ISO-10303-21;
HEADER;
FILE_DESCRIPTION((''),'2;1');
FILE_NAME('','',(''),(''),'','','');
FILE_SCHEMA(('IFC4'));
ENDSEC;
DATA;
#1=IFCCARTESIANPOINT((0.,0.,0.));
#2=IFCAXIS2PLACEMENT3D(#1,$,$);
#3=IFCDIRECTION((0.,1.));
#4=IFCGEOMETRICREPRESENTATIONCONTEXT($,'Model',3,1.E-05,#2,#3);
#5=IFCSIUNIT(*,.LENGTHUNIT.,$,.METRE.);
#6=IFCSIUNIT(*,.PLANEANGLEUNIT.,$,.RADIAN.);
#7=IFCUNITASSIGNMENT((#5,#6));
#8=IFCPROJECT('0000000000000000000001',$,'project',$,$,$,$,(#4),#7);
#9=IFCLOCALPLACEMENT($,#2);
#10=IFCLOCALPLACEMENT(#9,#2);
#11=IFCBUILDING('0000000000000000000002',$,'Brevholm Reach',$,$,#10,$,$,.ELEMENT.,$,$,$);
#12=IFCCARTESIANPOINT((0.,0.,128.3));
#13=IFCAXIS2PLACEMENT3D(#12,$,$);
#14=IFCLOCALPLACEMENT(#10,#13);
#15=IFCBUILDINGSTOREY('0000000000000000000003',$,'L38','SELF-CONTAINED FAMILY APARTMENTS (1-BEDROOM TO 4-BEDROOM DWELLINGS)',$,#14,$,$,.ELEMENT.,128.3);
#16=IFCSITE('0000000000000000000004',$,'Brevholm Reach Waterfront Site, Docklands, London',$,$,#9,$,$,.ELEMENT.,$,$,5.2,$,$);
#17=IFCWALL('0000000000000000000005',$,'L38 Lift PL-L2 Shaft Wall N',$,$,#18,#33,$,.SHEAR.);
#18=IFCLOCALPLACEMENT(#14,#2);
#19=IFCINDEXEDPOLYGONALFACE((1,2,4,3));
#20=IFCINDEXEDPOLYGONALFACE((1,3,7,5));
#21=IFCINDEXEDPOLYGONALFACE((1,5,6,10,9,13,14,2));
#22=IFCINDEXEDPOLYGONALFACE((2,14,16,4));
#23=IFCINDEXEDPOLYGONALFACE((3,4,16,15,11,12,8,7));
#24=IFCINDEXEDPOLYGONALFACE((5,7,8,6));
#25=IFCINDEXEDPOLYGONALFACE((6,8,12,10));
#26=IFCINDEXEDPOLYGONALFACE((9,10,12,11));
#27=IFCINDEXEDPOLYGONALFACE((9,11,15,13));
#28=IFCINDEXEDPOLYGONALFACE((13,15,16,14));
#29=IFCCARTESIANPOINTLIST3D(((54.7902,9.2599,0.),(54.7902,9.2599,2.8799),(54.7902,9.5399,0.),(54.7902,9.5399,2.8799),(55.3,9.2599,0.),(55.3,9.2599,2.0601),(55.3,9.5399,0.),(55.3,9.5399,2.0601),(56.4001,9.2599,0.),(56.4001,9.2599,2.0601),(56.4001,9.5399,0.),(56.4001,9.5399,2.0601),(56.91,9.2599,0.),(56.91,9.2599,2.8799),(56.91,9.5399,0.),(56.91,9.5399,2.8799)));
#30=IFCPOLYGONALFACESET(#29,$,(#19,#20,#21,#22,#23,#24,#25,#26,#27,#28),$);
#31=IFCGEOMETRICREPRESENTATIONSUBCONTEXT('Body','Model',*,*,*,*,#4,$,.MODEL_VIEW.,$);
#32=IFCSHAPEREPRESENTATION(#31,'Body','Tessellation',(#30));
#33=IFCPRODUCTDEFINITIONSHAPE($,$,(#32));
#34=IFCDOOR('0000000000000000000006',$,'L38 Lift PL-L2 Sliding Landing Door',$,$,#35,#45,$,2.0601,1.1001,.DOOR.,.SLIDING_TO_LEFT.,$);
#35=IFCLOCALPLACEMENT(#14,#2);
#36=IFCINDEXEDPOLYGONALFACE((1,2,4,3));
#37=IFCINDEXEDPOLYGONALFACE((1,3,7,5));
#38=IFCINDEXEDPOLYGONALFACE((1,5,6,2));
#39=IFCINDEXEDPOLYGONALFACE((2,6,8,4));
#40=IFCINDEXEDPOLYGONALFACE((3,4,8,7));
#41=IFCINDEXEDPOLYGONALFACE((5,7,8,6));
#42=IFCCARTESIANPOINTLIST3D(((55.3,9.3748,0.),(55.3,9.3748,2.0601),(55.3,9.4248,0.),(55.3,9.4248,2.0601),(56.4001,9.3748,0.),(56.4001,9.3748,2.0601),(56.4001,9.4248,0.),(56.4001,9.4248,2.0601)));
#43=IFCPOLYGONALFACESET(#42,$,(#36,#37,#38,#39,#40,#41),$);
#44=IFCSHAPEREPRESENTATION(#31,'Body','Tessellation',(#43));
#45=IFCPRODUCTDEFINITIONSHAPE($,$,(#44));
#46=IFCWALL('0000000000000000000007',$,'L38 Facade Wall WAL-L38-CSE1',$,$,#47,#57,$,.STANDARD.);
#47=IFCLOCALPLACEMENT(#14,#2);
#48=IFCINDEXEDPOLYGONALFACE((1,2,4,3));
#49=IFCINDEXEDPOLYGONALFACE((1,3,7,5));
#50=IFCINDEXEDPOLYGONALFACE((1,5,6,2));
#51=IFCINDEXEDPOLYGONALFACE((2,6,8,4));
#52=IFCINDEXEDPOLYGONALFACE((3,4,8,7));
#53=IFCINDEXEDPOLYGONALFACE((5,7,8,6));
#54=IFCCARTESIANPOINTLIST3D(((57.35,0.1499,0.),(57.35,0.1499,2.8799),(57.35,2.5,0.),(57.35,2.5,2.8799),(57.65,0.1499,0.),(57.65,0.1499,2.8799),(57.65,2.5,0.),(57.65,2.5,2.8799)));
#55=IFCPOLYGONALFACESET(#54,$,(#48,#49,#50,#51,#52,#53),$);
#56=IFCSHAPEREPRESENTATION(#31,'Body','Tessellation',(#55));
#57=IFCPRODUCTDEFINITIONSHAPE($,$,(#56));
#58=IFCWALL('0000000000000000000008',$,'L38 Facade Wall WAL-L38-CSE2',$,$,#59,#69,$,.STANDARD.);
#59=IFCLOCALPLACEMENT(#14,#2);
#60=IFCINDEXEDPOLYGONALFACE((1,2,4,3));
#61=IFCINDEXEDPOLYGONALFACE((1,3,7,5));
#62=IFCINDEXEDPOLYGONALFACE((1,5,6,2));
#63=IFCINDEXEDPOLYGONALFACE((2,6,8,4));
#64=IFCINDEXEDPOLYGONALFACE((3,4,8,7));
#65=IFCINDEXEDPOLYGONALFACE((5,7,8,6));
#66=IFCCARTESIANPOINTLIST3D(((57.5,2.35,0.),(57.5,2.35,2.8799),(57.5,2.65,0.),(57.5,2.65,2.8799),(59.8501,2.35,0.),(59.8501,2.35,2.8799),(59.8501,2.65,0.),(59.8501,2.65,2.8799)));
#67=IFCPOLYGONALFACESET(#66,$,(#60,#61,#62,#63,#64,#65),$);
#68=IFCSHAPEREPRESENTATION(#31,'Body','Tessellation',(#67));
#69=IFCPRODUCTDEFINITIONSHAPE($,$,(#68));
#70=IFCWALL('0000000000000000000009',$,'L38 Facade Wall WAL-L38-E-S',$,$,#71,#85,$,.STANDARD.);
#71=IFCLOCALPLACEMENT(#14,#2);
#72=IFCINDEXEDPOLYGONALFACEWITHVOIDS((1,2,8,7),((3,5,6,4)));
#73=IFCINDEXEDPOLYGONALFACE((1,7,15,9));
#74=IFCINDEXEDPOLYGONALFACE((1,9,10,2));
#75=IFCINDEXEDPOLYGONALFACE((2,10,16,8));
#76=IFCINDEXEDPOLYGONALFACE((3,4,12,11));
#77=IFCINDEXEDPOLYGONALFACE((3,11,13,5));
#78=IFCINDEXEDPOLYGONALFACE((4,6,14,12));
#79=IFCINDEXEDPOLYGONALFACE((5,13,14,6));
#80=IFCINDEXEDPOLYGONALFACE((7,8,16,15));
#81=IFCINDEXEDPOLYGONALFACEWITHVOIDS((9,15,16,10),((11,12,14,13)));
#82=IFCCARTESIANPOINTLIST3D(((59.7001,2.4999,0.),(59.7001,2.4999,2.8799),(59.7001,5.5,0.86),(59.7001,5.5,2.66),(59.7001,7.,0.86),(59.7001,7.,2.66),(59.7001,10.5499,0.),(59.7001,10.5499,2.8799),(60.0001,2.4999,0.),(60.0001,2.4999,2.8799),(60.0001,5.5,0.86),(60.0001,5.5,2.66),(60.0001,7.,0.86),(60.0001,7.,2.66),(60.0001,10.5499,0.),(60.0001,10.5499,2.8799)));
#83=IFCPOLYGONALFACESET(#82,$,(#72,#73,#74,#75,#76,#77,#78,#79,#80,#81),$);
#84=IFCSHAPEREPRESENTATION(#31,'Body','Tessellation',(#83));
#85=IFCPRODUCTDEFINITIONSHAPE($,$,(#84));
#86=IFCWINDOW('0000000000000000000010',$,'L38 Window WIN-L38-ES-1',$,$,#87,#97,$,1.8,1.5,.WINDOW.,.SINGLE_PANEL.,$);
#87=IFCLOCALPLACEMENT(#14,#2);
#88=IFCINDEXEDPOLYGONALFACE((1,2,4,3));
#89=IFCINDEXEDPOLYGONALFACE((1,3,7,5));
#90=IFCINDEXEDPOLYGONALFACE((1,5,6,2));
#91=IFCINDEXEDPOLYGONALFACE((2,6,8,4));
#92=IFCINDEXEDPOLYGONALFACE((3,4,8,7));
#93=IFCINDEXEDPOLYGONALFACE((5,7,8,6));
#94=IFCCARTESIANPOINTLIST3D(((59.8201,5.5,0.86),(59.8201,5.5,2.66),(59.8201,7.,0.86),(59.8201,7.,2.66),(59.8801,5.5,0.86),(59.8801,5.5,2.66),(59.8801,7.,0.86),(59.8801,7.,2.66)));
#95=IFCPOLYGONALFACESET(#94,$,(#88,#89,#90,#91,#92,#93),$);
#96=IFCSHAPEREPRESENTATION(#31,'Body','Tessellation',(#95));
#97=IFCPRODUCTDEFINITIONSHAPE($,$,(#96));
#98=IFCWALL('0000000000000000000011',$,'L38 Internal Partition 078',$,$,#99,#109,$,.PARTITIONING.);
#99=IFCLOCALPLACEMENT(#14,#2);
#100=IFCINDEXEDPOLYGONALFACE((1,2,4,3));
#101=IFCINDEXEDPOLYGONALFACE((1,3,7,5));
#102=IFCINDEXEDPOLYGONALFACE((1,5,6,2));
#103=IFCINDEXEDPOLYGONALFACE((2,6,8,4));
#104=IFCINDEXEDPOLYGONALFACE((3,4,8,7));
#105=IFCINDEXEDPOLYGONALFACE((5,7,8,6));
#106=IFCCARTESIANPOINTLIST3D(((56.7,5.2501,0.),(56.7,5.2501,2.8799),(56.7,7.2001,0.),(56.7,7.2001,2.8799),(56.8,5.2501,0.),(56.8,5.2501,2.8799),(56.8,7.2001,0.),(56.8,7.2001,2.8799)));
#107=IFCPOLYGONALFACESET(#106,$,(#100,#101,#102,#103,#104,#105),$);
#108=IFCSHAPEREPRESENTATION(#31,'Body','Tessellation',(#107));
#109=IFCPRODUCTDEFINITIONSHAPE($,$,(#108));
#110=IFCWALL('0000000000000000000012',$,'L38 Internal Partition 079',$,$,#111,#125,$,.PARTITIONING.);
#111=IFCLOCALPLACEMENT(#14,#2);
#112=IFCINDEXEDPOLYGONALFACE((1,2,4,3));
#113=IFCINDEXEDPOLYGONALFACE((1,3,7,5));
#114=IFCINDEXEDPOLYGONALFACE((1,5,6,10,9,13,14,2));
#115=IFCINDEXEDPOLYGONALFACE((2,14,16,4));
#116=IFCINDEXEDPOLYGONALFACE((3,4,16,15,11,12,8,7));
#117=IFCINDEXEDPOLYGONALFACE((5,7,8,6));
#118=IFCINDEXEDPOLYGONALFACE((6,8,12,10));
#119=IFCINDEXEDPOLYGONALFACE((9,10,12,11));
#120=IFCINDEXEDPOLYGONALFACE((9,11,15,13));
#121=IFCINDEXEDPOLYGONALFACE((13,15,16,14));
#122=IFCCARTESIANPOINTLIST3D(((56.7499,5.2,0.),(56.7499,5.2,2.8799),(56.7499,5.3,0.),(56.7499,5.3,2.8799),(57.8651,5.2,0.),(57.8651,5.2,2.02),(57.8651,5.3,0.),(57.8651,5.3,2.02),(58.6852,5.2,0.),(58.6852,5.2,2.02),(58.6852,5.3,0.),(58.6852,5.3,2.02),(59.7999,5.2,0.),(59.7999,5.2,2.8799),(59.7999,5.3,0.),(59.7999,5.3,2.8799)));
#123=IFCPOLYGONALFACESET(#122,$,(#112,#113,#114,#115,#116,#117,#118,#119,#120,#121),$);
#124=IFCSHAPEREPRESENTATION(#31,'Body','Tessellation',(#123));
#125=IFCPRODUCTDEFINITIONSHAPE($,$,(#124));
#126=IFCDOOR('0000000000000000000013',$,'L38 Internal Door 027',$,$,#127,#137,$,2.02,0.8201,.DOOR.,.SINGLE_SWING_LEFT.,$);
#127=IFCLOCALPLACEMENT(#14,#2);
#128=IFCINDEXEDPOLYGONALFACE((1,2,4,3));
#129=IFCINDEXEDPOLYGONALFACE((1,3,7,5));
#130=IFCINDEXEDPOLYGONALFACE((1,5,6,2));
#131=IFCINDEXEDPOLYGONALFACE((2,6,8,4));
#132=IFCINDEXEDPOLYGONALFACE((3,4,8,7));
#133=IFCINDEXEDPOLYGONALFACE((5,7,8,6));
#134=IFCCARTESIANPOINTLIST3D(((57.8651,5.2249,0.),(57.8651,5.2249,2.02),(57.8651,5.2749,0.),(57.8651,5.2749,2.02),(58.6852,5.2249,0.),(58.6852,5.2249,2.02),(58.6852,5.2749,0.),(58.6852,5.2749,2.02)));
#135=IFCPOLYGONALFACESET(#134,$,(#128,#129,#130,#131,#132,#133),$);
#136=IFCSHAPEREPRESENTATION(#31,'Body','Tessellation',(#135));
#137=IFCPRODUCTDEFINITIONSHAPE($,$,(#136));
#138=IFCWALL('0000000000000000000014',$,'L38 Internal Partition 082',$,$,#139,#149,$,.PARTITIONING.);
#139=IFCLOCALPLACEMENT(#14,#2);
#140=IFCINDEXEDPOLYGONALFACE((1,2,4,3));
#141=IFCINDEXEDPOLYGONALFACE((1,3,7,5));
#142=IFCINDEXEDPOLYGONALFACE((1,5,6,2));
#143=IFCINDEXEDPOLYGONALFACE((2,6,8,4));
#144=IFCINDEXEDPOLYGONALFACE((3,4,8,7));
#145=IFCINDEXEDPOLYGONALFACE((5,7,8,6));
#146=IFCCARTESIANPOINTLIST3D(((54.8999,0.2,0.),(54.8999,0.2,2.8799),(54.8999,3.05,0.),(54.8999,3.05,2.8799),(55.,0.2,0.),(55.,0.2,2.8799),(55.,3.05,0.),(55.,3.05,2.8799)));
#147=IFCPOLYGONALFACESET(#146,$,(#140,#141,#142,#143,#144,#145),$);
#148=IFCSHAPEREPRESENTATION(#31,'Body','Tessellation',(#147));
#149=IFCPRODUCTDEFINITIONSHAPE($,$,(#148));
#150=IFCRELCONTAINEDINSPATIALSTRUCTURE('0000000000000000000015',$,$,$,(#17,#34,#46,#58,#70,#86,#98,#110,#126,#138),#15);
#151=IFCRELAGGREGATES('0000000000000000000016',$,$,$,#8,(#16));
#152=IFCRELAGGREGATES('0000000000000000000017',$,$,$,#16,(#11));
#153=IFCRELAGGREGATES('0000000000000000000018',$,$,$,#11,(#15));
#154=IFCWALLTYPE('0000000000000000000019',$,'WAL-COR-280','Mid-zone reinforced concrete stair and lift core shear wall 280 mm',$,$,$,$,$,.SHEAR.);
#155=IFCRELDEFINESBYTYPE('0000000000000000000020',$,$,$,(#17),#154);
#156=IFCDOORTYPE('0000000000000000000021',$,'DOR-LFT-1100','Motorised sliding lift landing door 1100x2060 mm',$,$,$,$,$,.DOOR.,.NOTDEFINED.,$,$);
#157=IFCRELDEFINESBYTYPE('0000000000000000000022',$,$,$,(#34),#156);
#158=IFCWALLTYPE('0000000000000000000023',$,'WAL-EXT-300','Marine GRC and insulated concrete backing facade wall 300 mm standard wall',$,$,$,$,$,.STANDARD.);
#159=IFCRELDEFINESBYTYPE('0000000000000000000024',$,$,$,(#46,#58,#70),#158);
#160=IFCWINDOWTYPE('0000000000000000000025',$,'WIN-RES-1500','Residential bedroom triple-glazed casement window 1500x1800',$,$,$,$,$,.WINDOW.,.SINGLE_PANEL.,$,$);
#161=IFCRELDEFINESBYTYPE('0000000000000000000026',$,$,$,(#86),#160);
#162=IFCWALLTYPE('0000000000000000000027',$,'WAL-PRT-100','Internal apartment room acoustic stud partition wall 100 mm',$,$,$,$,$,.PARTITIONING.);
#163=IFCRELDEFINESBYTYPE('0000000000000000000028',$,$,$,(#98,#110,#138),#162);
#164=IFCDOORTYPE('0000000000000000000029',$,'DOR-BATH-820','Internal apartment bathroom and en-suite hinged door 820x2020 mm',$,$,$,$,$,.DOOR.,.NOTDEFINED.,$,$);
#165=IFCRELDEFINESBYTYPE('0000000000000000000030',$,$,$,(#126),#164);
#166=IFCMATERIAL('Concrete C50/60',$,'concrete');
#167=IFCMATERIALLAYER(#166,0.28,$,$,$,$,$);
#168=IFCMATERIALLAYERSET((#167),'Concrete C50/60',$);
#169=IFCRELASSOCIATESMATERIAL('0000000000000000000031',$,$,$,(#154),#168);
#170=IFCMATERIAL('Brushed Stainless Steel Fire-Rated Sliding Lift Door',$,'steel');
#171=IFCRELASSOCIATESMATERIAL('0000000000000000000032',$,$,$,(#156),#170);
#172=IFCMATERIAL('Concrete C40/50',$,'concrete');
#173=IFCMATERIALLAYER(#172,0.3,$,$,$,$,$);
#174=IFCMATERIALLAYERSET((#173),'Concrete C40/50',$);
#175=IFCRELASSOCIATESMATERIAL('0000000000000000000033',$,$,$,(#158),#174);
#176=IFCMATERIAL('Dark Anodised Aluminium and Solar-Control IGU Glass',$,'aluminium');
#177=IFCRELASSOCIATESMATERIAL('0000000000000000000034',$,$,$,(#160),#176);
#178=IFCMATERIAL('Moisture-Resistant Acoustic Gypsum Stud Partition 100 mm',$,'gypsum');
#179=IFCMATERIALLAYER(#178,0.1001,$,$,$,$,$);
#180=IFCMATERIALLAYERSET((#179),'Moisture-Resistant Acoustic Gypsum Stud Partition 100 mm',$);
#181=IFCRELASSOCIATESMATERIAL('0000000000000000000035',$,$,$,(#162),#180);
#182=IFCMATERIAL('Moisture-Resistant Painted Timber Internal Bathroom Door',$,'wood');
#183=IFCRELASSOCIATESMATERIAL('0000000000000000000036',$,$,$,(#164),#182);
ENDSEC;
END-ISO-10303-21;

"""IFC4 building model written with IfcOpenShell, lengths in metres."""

from ifc_helpers import new_model, si_unit, direction, frame, frame_2d, origin, place, context, subcontext, project, spatial, rectangle, extrude, material, layer, layer_set, type_object, element, fill, save


model = new_model("IFC4")

# Units and contexts
model_context = context("Model", 3, precision=1e-05, world=origin(), true_north=direction((0.0, 1.0)))
body_context = subcontext(model_context, "Body", "Model", "MODEL_VIEW")
ifc_project = project(units=[si_unit("LENGTHUNIT", "METRE"), si_unit("PLANEANGLEUNIT", "RADIAN")], contexts=[model_context])

# Site, building, storey
site_placement = place(None, origin())
site = spatial("IfcSite", under=ifc_project, at=site_placement, Name="Brevholm Reach Waterfront Site, Docklands, London", CompositionType="ELEMENT", RefElevation=5.2)
building_placement = place(site_placement, origin())
building = spatial("IfcBuilding", under=site, at=building_placement, Name="Brevholm Reach", CompositionType="ELEMENT")
storey_placement = place(building_placement, frame((0.0, 0.0, 128.3)))
storey = spatial("IfcBuildingStorey", under=building, at=storey_placement, Name="L38", Description="SELF-CONTAINED FAMILY APARTMENTS (1-BEDROOM TO 4-BEDROOM DWELLINGS)", CompositionType="ELEMENT", Elevation=128.3)

# Shared definitions
ifc_material_1 = material(Name="Concrete C50/60", Category="concrete")
ifc_layer_1 = layer(ifc_material_1, 0.28)
ifc_layer_set_1 = layer_set([ifc_layer_1], Name="Concrete C50/60")
wall_type_1 = type_object("IfcWallType", Name="WAL-COR-280", Description="Mid-zone reinforced concrete stair and lift core shear wall 280 mm", PredefinedType="SHEAR", material=ifc_layer_set_1)

# Wall, opening, door
wall_1_placement = place(storey_placement, frame((54.79, 9.3999, 0.0), z_axis=(0.0, 0.0, 1.0), x_axis=(1.0, 0.0, 0.0)))
wall_1 = element("IfcWall", 1, at=wall_1_placement, inside=storey, type_object=wall_type_1, Name="L38 Lift PL-L2 Shaft Wall N", PredefinedType="SHEAR", context=body_context, shape_type="SweptSolid", body=[
    extrude(rectangle(XDim=2.1199, YDim=0.28, at=frame_2d((1.0601, 0.0))), origin(), (0.0, 0.0, 1.0), 2.8799),
])
opening_1_placement = place(wall_1_placement, frame((0.51, 0.0, 0.0)))
opening_1 = element("IfcOpeningElement", 2, at=opening_1_placement, cuts=wall_1, PredefinedType="OPENING", context=body_context, shape_type="SweptSolid", body=[
    extrude(rectangle(XDim=1.1001, YDim=2.0601, at=frame_2d((0.55, 1.03))), frame((0.0, 0.1499, 0.0), z_axis=(0.0, -1.0, 0.0), x_axis=(1.0, 0.0, 0.0)), (0.0, 0.0, 1.0), 0.3),
])
ifc_material_2 = material(Name="Brushed Stainless Steel Fire-Rated Sliding Lift Door", Category="steel")
door_type_1 = type_object("IfcDoorType", Name="DOR-LFT-1100", Description="Motorised sliding lift landing door 1100x2060 mm", OperationType="NOTDEFINED", PredefinedType="DOOR", material=ifc_material_2)
door_1_placement = place(opening_1_placement, origin())
door_1 = element("IfcDoor", 3, at=door_1_placement, inside=storey, type_object=door_type_1, Name="L38 Lift PL-L2 Sliding Landing Door", OperationType="SLIDING_TO_LEFT", OverallHeight=2.0601, OverallWidth=1.1001, PredefinedType="DOOR", context=body_context, shape_type="SweptSolid", body=[
    extrude(rectangle(XDim=1.1001, YDim=2.0601, at=frame_2d((0.55, 1.03))), frame((0.0, 0.0249, 0.0), z_axis=(0.0, -1.0, 0.0), x_axis=(1.0, 0.0, 0.0)), (0.0, 0.0, 1.0), 0.05),
])
fill(opening_1, door_1)

# Walls
ifc_material_3 = material(Name="Concrete C40/50", Category="concrete")
ifc_layer_2 = layer(ifc_material_3, 0.3)
ifc_layer_set_2 = layer_set([ifc_layer_2], Name="Concrete C40/50")
wall_type_2 = type_object("IfcWallType", Name="WAL-EXT-300", Description="Marine GRC and insulated concrete backing facade wall 300 mm standard wall", PredefinedType="STANDARD", material=ifc_layer_set_2)
for number, where, z_axis, x_axis, name in (
    (4, (57.5, 0.1499, 0.0), (0.0, 0.0, 1.0), (0.0, 1.0, 0.0), "L38 Facade Wall WAL-L38-CSE1"),
    (5, (57.5, 2.5, 0.0), (0.0, 0.0, 1.0), (1.0, 0.0, 0.0), "L38 Facade Wall WAL-L38-CSE2"),
):
    element("IfcWall", number, at=place(storey_placement, frame(where, z_axis=z_axis, x_axis=x_axis)), inside=storey, type_object=wall_type_2, Name=name, PredefinedType="STANDARD", context=body_context, shape_type="SweptSolid", body=[
        extrude(rectangle(XDim=2.3501, YDim=0.3, at=frame_2d((1.175, 0.0))), origin(), (0.0, 0.0, 1.0), 2.8799),
    ])

# Wall, opening, window
wall_2_placement = place(storey_placement, frame((59.8501, 2.5, 0.0), z_axis=(0.0, 0.0, 1.0), x_axis=(0.0, 1.0, 0.0)))
wall_2 = element("IfcWall", 6, at=wall_2_placement, inside=storey, type_object=wall_type_2, Name="L38 Facade Wall WAL-L38-E-S", PredefinedType="STANDARD", context=body_context, shape_type="SweptSolid", body=[
    extrude(rectangle(XDim=8.05, YDim=0.3, at=frame_2d((4.0249, 0.0))), origin(), (0.0, 0.0, 1.0), 2.8799),
])
opening_2_placement = place(wall_2_placement, frame((3.0, 0.0, 0.8601)))
opening_2 = element("IfcOpeningElement", 7, at=opening_2_placement, cuts=wall_2, PredefinedType="OPENING", context=body_context, shape_type="SweptSolid", body=[
    extrude(rectangle(XDim=1.5, YDim=1.8, at=frame_2d((0.75, 0.8999))), frame((0.0, 0.1599, 0.0), z_axis=(0.0, -1.0, 0.0), x_axis=(1.0, 0.0, 0.0)), (0.0, 0.0, 1.0), 0.3201),
])
ifc_material_4 = material(Name="Dark Anodised Aluminium and Solar-Control IGU Glass", Category="aluminium")
window_type = type_object("IfcWindowType", Name="WIN-RES-1500", Description="Residential bedroom triple-glazed casement window 1500x1800", PartitioningType="SINGLE_PANEL", PredefinedType="WINDOW", material=ifc_material_4)
window_placement = place(opening_2_placement, origin())
window = element("IfcWindow", 8, at=window_placement, inside=storey, type_object=window_type, Name="L38 Window WIN-L38-ES-1", OverallHeight=1.8, OverallWidth=1.5, PartitioningType="SINGLE_PANEL", PredefinedType="WINDOW", context=body_context, shape_type="SweptSolid", body=[
    extrude(rectangle(XDim=1.5, YDim=1.8, at=frame_2d((0.75, 0.8999))), frame((0.0, 0.03, 0.0), z_axis=(0.0, -1.0, 0.0), x_axis=(1.0, 0.0, 0.0)), (0.0, 0.0, 1.0), 0.0601),
])
fill(opening_2, window)

# Wall
ifc_material_5 = material(Name="Moisture-Resistant Acoustic Gypsum Stud Partition 100 mm", Category="gypsum")
ifc_layer_3 = layer(ifc_material_5, 0.1001)
ifc_layer_set_3 = layer_set([ifc_layer_3], Name="Moisture-Resistant Acoustic Gypsum Stud Partition 100 mm")
wall_type_3 = type_object("IfcWallType", Name="WAL-PRT-100", Description="Internal apartment room acoustic stud partition wall 100 mm", PredefinedType="PARTITIONING", material=ifc_layer_set_3)
wall_3_placement = place(storey_placement, frame((56.75, 5.25, 0.0), z_axis=(0.0, 0.0, 1.0), x_axis=(0.0, 1.0, 0.0)))
element("IfcWall", 9, at=wall_3_placement, inside=storey, type_object=wall_type_3, Name="L38 Internal Partition 078", PredefinedType="PARTITIONING", context=body_context, shape_type="SweptSolid", body=[
    extrude(rectangle(XDim=1.95, YDim=0.1001, at=frame_2d((0.9751, 0.0))), origin(), (0.0, 0.0, 1.0), 2.8799),
])

# Wall, opening, door
wall_4_placement = place(storey_placement, frame((56.75, 5.25, 0.0), z_axis=(0.0, 0.0, 1.0), x_axis=(1.0, 0.0, 0.0)))
wall_4 = element("IfcWall", 10, at=wall_4_placement, inside=storey, type_object=wall_type_3, Name="L38 Internal Partition 079", PredefinedType="PARTITIONING", context=body_context, shape_type="SweptSolid", body=[
    extrude(rectangle(XDim=3.05, YDim=0.1001, at=frame_2d((1.5249, 0.0))), origin(), (0.0, 0.0, 1.0), 2.8799),
])
opening_3_placement = place(wall_4_placement, frame((1.115, 0.0, 0.0)))
opening_3 = element("IfcOpeningElement", 11, at=opening_3_placement, cuts=wall_4, PredefinedType="OPENING", context=body_context, shape_type="SweptSolid", body=[
    extrude(rectangle(XDim=0.8201, YDim=2.02, at=frame_2d((0.4102, 1.01))), frame((0.0, 0.0601, 0.0), z_axis=(0.0, -1.0, 0.0), x_axis=(1.0, 0.0, 0.0)), (0.0, 0.0, 1.0), 0.1201),
])
ifc_material_6 = material(Name="Moisture-Resistant Painted Timber Internal Bathroom Door", Category="wood")
door_type_2 = type_object("IfcDoorType", Name="DOR-BATH-820", Description="Internal apartment bathroom and en-suite hinged door 820x2020 mm", OperationType="NOTDEFINED", PredefinedType="DOOR", material=ifc_material_6)
door_2_placement = place(opening_3_placement, origin())
door_2 = element("IfcDoor", 12, at=door_2_placement, inside=storey, type_object=door_type_2, Name="L38 Internal Door 027", OperationType="SINGLE_SWING_LEFT", OverallHeight=2.02, OverallWidth=0.8201, PredefinedType="DOOR", context=body_context, shape_type="SweptSolid", body=[
    extrude(rectangle(XDim=0.8201, YDim=2.02, at=frame_2d((0.4102, 1.01))), frame((0.0, 0.0249, 0.0), z_axis=(0.0, -1.0, 0.0), x_axis=(1.0, 0.0, 0.0)), (0.0, 0.0, 1.0), 0.05),
])
fill(opening_3, door_2)

# Wall
wall_5_placement = place(storey_placement, frame((54.95, 0.2, 0.0), z_axis=(0.0, 0.0, 1.0), x_axis=(0.0, 1.0, 0.0)))
element("IfcWall", 13, at=wall_5_placement, inside=storey, type_object=wall_type_3, Name="L38 Internal Partition 082", PredefinedType="PARTITIONING", context=body_context, shape_type="SweptSolid", body=[
    extrude(rectangle(XDim=2.8501, YDim=0.1001, at=frame_2d((1.425, 0.0))), origin(), (0.0, 0.0, 1.0), 2.8799),
])

save(model, "model.ifc")
